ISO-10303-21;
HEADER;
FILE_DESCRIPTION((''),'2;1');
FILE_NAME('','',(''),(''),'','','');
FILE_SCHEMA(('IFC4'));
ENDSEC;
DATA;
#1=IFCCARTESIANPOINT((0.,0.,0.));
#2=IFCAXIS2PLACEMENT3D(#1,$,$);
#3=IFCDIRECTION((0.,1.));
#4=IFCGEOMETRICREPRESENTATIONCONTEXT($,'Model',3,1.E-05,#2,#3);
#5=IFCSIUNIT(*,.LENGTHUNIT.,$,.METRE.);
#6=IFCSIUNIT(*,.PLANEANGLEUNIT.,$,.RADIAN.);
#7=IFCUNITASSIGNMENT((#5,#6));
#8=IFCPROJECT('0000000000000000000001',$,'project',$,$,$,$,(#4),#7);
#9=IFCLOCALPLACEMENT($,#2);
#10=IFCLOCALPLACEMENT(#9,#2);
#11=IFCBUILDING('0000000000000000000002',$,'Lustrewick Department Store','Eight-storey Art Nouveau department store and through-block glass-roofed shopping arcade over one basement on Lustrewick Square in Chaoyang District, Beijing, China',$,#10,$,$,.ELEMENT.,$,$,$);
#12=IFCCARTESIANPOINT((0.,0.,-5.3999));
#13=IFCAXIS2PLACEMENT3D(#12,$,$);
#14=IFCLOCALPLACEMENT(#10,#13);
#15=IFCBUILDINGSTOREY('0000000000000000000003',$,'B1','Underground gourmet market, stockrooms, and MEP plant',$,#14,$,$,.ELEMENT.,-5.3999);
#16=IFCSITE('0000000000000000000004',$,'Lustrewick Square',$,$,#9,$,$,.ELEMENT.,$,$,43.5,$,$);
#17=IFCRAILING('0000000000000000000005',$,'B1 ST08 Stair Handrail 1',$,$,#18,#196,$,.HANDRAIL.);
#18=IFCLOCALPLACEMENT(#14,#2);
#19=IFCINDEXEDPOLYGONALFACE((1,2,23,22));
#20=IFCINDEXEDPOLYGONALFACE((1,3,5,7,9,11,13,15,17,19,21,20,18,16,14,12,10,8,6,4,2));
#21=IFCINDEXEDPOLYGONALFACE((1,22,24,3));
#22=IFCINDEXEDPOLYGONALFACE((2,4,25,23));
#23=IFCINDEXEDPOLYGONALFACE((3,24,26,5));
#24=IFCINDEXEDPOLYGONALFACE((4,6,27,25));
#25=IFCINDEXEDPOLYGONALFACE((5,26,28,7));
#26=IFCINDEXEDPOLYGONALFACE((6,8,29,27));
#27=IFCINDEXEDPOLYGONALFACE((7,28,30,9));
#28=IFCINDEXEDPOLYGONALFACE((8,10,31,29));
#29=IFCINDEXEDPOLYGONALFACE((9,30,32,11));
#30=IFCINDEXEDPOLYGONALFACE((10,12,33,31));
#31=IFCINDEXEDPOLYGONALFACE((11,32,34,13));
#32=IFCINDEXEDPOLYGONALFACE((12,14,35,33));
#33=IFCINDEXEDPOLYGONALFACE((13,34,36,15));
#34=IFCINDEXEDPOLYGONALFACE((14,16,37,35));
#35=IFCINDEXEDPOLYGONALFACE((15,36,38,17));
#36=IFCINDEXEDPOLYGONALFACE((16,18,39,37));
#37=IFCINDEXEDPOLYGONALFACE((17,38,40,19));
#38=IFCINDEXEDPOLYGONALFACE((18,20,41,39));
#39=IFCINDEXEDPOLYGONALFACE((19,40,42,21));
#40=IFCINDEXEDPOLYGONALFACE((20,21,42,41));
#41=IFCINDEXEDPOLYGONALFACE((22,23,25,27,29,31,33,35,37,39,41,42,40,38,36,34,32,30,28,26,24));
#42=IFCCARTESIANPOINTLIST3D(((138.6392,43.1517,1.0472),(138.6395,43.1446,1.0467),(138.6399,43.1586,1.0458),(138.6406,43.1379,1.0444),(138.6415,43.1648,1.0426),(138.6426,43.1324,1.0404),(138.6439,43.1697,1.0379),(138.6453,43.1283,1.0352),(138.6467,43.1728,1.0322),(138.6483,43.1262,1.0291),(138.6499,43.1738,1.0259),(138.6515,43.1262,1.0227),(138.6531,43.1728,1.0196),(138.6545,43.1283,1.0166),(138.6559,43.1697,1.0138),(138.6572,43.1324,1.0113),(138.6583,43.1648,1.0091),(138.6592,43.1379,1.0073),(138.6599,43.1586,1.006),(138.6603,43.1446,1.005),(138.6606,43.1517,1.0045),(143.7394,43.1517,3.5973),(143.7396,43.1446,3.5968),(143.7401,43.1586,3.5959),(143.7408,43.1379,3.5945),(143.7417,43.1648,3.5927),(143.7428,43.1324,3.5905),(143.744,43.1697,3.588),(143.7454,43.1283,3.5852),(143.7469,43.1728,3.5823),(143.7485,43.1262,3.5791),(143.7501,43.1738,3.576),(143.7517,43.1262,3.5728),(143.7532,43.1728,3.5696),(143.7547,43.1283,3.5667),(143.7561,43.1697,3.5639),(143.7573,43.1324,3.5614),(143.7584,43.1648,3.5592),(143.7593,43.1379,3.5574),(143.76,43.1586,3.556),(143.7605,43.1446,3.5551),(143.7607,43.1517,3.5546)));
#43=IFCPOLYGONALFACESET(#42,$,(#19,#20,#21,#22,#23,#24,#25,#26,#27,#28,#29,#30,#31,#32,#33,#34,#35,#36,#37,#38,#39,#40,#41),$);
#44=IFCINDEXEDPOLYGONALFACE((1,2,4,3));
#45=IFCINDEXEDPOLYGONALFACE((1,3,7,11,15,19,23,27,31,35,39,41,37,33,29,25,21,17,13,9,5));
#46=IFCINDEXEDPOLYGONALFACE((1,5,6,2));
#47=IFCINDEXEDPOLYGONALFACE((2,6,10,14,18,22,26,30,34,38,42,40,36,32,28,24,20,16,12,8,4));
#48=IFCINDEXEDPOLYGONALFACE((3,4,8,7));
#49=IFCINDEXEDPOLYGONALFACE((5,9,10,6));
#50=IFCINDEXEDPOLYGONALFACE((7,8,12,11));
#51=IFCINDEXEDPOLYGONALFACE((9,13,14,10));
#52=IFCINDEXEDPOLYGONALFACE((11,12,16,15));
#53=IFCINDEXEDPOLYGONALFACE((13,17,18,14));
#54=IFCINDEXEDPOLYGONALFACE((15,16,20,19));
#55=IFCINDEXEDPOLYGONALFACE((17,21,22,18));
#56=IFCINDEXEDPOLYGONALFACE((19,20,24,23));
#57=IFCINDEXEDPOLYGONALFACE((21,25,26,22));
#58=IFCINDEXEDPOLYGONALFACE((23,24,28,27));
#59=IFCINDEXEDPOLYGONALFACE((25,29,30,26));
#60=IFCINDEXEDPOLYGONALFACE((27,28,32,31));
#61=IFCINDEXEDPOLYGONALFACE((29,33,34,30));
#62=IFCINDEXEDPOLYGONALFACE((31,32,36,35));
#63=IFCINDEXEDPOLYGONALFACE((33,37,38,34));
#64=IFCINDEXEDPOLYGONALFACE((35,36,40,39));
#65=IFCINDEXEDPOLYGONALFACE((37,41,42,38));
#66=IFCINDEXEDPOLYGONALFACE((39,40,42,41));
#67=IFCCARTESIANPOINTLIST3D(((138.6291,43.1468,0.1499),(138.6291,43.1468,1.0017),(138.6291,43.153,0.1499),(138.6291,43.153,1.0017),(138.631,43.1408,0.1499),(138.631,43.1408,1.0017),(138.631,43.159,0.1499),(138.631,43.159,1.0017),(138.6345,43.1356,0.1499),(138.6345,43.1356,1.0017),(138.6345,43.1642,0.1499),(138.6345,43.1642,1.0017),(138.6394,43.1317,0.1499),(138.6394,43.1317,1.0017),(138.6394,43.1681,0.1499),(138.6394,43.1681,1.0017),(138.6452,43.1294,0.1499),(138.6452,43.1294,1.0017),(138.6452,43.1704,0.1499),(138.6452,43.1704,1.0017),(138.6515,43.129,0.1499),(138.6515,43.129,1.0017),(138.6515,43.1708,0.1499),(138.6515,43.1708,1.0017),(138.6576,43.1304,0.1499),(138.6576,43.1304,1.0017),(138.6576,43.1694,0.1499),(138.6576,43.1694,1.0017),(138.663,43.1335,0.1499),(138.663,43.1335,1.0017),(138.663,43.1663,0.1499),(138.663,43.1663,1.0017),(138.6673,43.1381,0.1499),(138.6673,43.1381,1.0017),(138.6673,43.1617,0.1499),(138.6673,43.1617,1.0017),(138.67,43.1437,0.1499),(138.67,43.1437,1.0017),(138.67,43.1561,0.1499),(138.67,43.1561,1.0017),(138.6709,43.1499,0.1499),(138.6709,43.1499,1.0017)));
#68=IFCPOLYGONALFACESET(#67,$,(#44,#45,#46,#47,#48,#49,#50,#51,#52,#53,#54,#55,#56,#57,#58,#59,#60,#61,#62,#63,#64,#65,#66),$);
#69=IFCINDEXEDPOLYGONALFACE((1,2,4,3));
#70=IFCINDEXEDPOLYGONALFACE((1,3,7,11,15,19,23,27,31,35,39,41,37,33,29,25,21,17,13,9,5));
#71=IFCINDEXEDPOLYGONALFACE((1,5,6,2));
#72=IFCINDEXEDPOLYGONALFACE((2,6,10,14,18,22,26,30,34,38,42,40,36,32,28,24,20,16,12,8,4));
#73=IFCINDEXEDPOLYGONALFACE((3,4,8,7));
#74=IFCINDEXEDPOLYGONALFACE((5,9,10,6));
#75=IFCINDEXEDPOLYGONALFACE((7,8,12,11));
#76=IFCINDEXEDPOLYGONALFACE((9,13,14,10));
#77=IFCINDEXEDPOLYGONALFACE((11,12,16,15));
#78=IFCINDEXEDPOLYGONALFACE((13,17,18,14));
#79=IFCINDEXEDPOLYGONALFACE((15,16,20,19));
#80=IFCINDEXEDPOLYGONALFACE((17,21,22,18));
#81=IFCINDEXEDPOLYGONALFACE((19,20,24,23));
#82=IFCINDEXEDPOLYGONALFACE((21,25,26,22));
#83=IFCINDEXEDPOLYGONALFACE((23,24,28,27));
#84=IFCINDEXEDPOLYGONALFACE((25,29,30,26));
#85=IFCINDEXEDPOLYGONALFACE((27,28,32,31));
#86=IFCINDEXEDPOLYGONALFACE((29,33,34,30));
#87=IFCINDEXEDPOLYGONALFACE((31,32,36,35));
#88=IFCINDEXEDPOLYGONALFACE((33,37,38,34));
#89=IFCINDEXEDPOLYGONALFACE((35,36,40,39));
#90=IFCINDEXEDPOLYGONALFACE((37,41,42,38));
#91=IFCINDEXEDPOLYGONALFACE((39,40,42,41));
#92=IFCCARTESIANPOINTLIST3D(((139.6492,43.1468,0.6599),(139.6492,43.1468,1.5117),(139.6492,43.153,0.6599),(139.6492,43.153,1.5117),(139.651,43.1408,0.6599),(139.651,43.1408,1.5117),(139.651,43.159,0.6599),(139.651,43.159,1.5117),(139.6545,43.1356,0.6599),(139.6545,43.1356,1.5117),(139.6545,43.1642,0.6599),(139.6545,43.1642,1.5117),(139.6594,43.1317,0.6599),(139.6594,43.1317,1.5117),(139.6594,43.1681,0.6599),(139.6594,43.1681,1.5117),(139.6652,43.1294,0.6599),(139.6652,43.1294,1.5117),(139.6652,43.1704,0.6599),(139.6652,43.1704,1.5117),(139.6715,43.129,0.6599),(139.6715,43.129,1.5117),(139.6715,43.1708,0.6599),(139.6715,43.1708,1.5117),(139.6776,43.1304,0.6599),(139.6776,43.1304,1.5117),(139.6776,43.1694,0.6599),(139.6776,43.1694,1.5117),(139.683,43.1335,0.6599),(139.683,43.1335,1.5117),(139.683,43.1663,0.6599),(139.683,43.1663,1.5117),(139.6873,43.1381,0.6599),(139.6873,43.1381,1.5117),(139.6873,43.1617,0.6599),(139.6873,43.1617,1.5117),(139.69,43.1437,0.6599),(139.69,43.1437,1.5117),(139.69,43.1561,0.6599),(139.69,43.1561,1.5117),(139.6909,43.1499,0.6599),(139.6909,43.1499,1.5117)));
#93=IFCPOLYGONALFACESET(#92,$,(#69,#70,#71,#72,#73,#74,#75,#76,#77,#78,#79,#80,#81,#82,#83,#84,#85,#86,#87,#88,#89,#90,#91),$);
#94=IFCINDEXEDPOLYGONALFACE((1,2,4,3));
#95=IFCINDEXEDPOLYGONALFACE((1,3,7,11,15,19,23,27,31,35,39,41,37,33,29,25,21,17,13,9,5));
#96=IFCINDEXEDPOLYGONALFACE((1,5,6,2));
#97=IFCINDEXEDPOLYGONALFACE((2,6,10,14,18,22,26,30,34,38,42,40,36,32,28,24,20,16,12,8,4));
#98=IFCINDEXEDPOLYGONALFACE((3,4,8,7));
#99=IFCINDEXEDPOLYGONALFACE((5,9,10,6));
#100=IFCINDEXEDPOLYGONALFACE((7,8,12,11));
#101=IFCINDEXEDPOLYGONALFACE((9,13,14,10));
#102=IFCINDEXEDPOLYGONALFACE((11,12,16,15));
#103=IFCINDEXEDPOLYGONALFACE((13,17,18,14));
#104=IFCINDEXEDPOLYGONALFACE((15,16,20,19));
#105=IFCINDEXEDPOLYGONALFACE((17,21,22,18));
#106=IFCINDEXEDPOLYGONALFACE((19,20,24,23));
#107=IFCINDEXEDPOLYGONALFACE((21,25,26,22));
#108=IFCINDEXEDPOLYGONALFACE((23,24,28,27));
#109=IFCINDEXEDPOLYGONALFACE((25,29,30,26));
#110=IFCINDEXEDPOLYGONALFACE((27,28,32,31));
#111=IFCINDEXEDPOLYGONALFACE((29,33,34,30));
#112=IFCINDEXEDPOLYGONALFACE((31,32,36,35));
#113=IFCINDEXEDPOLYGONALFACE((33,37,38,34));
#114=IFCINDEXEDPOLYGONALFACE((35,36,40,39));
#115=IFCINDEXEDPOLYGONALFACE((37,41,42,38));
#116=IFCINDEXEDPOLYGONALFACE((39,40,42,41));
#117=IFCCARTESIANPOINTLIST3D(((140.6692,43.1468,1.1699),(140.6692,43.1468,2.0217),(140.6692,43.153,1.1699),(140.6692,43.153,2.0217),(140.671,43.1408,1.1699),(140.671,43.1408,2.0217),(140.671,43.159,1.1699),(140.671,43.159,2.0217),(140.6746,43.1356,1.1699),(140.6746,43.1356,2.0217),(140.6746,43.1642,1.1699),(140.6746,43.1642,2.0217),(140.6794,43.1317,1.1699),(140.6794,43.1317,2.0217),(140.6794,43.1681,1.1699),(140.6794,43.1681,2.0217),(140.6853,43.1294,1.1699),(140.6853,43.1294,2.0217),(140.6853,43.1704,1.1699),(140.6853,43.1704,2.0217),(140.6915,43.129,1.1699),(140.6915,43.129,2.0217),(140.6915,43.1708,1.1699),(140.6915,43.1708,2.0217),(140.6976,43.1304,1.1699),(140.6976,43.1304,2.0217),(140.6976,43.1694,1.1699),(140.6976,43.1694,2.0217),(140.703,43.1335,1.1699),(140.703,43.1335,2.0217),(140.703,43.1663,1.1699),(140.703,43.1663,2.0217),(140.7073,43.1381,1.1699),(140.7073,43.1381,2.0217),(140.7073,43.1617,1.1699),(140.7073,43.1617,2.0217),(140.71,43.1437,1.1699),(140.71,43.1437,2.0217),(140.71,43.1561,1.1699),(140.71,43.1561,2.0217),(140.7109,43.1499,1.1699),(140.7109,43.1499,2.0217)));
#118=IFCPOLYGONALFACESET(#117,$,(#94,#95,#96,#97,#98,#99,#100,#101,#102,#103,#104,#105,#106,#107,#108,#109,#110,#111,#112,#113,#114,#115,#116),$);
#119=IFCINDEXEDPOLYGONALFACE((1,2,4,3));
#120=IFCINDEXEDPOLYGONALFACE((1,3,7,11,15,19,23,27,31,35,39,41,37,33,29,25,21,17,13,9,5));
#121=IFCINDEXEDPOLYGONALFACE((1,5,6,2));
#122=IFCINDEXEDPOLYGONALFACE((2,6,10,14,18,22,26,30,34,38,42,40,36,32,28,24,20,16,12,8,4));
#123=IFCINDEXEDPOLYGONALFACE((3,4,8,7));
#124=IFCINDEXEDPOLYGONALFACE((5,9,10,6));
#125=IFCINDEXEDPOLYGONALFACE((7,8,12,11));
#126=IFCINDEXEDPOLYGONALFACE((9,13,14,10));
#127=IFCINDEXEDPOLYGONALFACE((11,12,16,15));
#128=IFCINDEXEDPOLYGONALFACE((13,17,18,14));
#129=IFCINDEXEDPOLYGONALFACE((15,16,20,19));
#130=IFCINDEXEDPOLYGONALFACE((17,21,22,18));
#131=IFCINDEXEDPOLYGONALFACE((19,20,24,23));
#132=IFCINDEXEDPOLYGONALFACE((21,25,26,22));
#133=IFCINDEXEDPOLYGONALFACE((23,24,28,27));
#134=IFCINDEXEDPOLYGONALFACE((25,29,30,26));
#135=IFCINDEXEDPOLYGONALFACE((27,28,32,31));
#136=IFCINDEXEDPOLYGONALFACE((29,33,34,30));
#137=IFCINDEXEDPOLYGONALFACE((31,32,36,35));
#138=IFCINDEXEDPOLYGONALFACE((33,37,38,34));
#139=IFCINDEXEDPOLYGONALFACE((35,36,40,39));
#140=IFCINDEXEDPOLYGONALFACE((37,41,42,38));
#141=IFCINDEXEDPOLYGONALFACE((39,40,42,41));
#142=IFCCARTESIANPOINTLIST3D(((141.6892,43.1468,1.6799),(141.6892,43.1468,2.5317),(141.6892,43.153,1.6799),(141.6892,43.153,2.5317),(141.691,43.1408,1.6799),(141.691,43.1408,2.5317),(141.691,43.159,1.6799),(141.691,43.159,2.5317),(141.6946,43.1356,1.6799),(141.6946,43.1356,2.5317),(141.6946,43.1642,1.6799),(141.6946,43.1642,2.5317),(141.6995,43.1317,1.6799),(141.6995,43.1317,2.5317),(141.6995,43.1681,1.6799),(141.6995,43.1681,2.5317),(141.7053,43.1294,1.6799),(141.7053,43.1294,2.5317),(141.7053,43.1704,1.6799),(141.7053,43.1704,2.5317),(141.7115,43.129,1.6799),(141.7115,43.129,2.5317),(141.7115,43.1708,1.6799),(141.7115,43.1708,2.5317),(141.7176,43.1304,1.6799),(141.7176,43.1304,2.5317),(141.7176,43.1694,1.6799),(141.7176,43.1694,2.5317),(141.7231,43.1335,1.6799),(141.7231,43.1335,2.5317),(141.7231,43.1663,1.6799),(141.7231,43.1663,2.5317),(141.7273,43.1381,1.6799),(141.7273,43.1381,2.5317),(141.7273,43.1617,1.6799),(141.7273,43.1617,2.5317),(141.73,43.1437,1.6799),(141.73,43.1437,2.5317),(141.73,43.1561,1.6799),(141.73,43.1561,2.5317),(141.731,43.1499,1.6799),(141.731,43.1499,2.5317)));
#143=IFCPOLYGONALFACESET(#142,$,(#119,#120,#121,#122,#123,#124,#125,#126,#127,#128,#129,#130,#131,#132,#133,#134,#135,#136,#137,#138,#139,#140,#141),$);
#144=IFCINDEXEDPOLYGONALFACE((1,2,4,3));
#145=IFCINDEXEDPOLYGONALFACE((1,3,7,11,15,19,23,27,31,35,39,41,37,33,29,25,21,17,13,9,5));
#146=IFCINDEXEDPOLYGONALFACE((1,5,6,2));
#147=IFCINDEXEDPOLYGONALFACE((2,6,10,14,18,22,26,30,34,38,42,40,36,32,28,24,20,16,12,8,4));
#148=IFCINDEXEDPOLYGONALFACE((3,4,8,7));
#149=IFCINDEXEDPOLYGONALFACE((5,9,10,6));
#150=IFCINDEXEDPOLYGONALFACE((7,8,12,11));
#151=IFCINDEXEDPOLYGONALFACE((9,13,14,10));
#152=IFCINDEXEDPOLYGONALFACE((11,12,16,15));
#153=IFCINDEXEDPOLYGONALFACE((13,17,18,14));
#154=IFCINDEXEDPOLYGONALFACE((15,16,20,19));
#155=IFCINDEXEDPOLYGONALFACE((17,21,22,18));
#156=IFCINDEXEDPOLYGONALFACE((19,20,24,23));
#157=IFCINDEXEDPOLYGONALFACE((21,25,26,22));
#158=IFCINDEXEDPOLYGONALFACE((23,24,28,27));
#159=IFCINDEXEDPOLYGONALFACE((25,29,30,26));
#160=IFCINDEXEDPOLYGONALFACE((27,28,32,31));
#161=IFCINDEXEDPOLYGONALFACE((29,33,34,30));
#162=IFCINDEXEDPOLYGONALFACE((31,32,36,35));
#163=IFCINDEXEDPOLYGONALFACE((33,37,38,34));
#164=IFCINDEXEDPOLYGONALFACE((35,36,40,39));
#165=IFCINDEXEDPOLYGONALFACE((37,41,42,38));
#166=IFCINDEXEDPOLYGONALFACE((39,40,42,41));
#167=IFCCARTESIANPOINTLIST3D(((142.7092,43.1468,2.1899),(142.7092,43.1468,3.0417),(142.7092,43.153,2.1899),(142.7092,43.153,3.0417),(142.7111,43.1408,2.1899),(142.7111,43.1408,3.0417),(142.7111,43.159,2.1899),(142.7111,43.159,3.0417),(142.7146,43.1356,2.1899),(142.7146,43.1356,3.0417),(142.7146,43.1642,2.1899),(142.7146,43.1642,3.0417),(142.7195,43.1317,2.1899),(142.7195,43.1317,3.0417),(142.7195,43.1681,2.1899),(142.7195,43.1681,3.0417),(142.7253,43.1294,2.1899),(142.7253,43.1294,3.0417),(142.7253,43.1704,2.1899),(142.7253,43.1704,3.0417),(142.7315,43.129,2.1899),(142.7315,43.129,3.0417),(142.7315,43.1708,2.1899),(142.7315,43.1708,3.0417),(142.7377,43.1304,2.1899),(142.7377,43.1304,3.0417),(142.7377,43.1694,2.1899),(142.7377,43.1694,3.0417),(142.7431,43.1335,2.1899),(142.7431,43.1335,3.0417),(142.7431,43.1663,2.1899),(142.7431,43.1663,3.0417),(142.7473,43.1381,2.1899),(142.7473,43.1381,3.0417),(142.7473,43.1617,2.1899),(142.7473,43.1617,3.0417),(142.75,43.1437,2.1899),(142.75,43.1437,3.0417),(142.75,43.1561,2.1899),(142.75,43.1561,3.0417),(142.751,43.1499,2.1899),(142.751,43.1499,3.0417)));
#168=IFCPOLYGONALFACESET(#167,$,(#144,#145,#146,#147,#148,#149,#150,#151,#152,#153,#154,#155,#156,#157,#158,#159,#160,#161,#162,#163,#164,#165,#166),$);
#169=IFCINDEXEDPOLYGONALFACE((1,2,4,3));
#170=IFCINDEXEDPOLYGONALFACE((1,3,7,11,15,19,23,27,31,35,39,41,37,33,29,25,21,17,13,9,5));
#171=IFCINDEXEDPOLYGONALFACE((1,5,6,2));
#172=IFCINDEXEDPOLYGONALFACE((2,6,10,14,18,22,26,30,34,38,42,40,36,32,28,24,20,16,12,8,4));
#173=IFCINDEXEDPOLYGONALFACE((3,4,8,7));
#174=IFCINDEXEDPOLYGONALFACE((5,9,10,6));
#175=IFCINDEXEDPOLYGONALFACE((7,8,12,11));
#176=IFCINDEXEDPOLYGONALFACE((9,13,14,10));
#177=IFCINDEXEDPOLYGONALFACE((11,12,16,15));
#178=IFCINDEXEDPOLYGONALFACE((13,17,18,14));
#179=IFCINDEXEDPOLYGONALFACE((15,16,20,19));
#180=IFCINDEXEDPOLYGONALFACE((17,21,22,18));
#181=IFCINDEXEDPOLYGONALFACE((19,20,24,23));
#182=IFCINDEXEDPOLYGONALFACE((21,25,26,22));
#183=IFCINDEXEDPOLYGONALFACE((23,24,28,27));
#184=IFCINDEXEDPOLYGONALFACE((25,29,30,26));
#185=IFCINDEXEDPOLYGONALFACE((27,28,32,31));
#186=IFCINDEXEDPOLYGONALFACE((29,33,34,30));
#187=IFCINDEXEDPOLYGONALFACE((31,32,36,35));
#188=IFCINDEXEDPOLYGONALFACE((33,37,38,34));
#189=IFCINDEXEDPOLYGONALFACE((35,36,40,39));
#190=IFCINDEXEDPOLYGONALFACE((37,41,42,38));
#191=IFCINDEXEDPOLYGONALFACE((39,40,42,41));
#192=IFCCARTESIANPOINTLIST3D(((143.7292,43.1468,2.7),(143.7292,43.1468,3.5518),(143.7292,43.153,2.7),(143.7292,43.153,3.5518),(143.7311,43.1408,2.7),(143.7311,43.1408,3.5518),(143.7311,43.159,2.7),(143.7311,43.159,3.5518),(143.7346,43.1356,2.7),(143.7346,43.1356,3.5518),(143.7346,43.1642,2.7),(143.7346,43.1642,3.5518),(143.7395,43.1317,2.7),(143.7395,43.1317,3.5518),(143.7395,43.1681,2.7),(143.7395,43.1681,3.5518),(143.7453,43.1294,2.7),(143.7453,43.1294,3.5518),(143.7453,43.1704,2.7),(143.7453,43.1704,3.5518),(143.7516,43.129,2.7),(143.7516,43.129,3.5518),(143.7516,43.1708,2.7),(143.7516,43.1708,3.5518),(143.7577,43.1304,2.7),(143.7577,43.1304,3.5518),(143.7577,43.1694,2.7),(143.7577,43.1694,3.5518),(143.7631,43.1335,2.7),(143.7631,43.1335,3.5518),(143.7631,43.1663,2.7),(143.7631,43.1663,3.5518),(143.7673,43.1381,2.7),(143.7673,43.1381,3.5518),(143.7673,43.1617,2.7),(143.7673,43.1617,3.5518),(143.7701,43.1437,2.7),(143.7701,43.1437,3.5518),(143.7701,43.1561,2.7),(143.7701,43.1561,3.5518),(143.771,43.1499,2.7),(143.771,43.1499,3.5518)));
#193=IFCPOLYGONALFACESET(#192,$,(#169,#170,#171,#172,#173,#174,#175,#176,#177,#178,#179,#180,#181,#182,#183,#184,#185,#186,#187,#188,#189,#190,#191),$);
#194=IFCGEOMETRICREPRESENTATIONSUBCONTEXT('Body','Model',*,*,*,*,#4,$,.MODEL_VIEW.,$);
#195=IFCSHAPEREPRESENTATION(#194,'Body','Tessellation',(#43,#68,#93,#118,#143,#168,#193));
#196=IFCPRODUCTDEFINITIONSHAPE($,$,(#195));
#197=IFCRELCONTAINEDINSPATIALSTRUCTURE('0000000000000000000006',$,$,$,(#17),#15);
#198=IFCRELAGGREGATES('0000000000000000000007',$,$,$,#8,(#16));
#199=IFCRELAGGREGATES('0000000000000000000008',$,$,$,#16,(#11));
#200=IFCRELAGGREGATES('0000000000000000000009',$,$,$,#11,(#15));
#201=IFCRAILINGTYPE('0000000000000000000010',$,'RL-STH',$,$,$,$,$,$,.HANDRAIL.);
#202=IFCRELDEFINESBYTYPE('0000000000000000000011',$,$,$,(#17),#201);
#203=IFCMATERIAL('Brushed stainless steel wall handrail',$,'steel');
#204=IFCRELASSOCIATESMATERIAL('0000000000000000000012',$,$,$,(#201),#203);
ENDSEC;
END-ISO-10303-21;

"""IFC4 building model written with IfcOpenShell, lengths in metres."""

from ifc_helpers import new_model, si_unit, direction, frame, origin, origin_2d, place, context, subcontext, project, spatial, circle, extrude, material, type_object, element, save


model = new_model("IFC4")

# Units and contexts
model_context = context("Model", 3, precision=1e-05, world=origin(), true_north=direction((0.0, 1.0)))
body_context = subcontext(model_context, "Body", "Model", "MODEL_VIEW")
ifc_project = project(units=[si_unit("LENGTHUNIT", "METRE"), si_unit("PLANEANGLEUNIT", "RADIAN")], contexts=[model_context])

# Site, building, storey
site_placement = place(None, origin())
site = spatial("IfcSite", under=ifc_project, at=site_placement, Name="Lustrewick Square", CompositionType="ELEMENT", RefElevation=43.5)
building_placement = place(site_placement, origin())
building = spatial("IfcBuilding", under=site, at=building_placement, Name="Lustrewick Department Store", Description="Eight-storey Art Nouveau department store and through-block glass-roofed shopping arcade over one basement on Lustrewick Square in Chaoyang District, Beijing, China", CompositionType="ELEMENT")
storey_placement = place(building_placement, frame((0.0, 0.0, -5.3999)))
storey = spatial("IfcBuildingStorey", under=building, at=storey_placement, Name="B1", Description="Underground gourmet market, stockrooms, and MEP plant", CompositionType="ELEMENT", Elevation=-5.3999)

# Railing
ifc_material_1 = material(Name="Brushed stainless steel wall handrail", Category="steel")
railing_type_1 = type_object("IfcRailingType", Name="RL-STH", PredefinedType="HANDRAIL", material=ifc_material_1)
railing_1_placement = place(storey_placement, frame((138.6499, 43.1499, 0.1499)))
element("IfcRailing", 1, at=railing_1_placement, inside=storey, type_object=railing_type_1, Name="B1 ST08 Stair Handrail 1", PredefinedType="HANDRAIL", context=body_context, shape_type="SweptSolid", body=[
    extrude(circle(Radius=0.0239, at=origin_2d()), frame((0.0, 0.0, 0.876), z_axis=(0.894427, 0.0, 0.447214), x_axis=(0.0, 1.0, 0.0)), (0.0, 0.0, 1.0), 5.7021),
    extrude(circle(Radius=0.021, at=origin_2d()), origin(), (0.0, 0.0, 1.0), 0.8518),
    extrude(circle(Radius=0.021, at=origin_2d()), frame((1.02, 0.0, 0.51)), (0.0, 0.0, 1.0), 0.8518),
    extrude(circle(Radius=0.021, at=origin_2d()), frame((2.04, 0.0, 1.02)), (0.0, 0.0, 1.0), 0.8518),
    extrude(circle(Radius=0.021, at=origin_2d()), frame((3.0601, 0.0, 1.53)), (0.0, 0.0, 1.0), 0.8518),
    extrude(circle(Radius=0.021, at=origin_2d()), frame((4.0801, 0.0, 2.04)), (0.0, 0.0, 1.0), 0.8518),
    extrude(circle(Radius=0.021, at=origin_2d()), frame((5.1001, 0.0, 2.55)), (0.0, 0.0, 1.0), 0.8518),
])

save(model, "model.ifc")
